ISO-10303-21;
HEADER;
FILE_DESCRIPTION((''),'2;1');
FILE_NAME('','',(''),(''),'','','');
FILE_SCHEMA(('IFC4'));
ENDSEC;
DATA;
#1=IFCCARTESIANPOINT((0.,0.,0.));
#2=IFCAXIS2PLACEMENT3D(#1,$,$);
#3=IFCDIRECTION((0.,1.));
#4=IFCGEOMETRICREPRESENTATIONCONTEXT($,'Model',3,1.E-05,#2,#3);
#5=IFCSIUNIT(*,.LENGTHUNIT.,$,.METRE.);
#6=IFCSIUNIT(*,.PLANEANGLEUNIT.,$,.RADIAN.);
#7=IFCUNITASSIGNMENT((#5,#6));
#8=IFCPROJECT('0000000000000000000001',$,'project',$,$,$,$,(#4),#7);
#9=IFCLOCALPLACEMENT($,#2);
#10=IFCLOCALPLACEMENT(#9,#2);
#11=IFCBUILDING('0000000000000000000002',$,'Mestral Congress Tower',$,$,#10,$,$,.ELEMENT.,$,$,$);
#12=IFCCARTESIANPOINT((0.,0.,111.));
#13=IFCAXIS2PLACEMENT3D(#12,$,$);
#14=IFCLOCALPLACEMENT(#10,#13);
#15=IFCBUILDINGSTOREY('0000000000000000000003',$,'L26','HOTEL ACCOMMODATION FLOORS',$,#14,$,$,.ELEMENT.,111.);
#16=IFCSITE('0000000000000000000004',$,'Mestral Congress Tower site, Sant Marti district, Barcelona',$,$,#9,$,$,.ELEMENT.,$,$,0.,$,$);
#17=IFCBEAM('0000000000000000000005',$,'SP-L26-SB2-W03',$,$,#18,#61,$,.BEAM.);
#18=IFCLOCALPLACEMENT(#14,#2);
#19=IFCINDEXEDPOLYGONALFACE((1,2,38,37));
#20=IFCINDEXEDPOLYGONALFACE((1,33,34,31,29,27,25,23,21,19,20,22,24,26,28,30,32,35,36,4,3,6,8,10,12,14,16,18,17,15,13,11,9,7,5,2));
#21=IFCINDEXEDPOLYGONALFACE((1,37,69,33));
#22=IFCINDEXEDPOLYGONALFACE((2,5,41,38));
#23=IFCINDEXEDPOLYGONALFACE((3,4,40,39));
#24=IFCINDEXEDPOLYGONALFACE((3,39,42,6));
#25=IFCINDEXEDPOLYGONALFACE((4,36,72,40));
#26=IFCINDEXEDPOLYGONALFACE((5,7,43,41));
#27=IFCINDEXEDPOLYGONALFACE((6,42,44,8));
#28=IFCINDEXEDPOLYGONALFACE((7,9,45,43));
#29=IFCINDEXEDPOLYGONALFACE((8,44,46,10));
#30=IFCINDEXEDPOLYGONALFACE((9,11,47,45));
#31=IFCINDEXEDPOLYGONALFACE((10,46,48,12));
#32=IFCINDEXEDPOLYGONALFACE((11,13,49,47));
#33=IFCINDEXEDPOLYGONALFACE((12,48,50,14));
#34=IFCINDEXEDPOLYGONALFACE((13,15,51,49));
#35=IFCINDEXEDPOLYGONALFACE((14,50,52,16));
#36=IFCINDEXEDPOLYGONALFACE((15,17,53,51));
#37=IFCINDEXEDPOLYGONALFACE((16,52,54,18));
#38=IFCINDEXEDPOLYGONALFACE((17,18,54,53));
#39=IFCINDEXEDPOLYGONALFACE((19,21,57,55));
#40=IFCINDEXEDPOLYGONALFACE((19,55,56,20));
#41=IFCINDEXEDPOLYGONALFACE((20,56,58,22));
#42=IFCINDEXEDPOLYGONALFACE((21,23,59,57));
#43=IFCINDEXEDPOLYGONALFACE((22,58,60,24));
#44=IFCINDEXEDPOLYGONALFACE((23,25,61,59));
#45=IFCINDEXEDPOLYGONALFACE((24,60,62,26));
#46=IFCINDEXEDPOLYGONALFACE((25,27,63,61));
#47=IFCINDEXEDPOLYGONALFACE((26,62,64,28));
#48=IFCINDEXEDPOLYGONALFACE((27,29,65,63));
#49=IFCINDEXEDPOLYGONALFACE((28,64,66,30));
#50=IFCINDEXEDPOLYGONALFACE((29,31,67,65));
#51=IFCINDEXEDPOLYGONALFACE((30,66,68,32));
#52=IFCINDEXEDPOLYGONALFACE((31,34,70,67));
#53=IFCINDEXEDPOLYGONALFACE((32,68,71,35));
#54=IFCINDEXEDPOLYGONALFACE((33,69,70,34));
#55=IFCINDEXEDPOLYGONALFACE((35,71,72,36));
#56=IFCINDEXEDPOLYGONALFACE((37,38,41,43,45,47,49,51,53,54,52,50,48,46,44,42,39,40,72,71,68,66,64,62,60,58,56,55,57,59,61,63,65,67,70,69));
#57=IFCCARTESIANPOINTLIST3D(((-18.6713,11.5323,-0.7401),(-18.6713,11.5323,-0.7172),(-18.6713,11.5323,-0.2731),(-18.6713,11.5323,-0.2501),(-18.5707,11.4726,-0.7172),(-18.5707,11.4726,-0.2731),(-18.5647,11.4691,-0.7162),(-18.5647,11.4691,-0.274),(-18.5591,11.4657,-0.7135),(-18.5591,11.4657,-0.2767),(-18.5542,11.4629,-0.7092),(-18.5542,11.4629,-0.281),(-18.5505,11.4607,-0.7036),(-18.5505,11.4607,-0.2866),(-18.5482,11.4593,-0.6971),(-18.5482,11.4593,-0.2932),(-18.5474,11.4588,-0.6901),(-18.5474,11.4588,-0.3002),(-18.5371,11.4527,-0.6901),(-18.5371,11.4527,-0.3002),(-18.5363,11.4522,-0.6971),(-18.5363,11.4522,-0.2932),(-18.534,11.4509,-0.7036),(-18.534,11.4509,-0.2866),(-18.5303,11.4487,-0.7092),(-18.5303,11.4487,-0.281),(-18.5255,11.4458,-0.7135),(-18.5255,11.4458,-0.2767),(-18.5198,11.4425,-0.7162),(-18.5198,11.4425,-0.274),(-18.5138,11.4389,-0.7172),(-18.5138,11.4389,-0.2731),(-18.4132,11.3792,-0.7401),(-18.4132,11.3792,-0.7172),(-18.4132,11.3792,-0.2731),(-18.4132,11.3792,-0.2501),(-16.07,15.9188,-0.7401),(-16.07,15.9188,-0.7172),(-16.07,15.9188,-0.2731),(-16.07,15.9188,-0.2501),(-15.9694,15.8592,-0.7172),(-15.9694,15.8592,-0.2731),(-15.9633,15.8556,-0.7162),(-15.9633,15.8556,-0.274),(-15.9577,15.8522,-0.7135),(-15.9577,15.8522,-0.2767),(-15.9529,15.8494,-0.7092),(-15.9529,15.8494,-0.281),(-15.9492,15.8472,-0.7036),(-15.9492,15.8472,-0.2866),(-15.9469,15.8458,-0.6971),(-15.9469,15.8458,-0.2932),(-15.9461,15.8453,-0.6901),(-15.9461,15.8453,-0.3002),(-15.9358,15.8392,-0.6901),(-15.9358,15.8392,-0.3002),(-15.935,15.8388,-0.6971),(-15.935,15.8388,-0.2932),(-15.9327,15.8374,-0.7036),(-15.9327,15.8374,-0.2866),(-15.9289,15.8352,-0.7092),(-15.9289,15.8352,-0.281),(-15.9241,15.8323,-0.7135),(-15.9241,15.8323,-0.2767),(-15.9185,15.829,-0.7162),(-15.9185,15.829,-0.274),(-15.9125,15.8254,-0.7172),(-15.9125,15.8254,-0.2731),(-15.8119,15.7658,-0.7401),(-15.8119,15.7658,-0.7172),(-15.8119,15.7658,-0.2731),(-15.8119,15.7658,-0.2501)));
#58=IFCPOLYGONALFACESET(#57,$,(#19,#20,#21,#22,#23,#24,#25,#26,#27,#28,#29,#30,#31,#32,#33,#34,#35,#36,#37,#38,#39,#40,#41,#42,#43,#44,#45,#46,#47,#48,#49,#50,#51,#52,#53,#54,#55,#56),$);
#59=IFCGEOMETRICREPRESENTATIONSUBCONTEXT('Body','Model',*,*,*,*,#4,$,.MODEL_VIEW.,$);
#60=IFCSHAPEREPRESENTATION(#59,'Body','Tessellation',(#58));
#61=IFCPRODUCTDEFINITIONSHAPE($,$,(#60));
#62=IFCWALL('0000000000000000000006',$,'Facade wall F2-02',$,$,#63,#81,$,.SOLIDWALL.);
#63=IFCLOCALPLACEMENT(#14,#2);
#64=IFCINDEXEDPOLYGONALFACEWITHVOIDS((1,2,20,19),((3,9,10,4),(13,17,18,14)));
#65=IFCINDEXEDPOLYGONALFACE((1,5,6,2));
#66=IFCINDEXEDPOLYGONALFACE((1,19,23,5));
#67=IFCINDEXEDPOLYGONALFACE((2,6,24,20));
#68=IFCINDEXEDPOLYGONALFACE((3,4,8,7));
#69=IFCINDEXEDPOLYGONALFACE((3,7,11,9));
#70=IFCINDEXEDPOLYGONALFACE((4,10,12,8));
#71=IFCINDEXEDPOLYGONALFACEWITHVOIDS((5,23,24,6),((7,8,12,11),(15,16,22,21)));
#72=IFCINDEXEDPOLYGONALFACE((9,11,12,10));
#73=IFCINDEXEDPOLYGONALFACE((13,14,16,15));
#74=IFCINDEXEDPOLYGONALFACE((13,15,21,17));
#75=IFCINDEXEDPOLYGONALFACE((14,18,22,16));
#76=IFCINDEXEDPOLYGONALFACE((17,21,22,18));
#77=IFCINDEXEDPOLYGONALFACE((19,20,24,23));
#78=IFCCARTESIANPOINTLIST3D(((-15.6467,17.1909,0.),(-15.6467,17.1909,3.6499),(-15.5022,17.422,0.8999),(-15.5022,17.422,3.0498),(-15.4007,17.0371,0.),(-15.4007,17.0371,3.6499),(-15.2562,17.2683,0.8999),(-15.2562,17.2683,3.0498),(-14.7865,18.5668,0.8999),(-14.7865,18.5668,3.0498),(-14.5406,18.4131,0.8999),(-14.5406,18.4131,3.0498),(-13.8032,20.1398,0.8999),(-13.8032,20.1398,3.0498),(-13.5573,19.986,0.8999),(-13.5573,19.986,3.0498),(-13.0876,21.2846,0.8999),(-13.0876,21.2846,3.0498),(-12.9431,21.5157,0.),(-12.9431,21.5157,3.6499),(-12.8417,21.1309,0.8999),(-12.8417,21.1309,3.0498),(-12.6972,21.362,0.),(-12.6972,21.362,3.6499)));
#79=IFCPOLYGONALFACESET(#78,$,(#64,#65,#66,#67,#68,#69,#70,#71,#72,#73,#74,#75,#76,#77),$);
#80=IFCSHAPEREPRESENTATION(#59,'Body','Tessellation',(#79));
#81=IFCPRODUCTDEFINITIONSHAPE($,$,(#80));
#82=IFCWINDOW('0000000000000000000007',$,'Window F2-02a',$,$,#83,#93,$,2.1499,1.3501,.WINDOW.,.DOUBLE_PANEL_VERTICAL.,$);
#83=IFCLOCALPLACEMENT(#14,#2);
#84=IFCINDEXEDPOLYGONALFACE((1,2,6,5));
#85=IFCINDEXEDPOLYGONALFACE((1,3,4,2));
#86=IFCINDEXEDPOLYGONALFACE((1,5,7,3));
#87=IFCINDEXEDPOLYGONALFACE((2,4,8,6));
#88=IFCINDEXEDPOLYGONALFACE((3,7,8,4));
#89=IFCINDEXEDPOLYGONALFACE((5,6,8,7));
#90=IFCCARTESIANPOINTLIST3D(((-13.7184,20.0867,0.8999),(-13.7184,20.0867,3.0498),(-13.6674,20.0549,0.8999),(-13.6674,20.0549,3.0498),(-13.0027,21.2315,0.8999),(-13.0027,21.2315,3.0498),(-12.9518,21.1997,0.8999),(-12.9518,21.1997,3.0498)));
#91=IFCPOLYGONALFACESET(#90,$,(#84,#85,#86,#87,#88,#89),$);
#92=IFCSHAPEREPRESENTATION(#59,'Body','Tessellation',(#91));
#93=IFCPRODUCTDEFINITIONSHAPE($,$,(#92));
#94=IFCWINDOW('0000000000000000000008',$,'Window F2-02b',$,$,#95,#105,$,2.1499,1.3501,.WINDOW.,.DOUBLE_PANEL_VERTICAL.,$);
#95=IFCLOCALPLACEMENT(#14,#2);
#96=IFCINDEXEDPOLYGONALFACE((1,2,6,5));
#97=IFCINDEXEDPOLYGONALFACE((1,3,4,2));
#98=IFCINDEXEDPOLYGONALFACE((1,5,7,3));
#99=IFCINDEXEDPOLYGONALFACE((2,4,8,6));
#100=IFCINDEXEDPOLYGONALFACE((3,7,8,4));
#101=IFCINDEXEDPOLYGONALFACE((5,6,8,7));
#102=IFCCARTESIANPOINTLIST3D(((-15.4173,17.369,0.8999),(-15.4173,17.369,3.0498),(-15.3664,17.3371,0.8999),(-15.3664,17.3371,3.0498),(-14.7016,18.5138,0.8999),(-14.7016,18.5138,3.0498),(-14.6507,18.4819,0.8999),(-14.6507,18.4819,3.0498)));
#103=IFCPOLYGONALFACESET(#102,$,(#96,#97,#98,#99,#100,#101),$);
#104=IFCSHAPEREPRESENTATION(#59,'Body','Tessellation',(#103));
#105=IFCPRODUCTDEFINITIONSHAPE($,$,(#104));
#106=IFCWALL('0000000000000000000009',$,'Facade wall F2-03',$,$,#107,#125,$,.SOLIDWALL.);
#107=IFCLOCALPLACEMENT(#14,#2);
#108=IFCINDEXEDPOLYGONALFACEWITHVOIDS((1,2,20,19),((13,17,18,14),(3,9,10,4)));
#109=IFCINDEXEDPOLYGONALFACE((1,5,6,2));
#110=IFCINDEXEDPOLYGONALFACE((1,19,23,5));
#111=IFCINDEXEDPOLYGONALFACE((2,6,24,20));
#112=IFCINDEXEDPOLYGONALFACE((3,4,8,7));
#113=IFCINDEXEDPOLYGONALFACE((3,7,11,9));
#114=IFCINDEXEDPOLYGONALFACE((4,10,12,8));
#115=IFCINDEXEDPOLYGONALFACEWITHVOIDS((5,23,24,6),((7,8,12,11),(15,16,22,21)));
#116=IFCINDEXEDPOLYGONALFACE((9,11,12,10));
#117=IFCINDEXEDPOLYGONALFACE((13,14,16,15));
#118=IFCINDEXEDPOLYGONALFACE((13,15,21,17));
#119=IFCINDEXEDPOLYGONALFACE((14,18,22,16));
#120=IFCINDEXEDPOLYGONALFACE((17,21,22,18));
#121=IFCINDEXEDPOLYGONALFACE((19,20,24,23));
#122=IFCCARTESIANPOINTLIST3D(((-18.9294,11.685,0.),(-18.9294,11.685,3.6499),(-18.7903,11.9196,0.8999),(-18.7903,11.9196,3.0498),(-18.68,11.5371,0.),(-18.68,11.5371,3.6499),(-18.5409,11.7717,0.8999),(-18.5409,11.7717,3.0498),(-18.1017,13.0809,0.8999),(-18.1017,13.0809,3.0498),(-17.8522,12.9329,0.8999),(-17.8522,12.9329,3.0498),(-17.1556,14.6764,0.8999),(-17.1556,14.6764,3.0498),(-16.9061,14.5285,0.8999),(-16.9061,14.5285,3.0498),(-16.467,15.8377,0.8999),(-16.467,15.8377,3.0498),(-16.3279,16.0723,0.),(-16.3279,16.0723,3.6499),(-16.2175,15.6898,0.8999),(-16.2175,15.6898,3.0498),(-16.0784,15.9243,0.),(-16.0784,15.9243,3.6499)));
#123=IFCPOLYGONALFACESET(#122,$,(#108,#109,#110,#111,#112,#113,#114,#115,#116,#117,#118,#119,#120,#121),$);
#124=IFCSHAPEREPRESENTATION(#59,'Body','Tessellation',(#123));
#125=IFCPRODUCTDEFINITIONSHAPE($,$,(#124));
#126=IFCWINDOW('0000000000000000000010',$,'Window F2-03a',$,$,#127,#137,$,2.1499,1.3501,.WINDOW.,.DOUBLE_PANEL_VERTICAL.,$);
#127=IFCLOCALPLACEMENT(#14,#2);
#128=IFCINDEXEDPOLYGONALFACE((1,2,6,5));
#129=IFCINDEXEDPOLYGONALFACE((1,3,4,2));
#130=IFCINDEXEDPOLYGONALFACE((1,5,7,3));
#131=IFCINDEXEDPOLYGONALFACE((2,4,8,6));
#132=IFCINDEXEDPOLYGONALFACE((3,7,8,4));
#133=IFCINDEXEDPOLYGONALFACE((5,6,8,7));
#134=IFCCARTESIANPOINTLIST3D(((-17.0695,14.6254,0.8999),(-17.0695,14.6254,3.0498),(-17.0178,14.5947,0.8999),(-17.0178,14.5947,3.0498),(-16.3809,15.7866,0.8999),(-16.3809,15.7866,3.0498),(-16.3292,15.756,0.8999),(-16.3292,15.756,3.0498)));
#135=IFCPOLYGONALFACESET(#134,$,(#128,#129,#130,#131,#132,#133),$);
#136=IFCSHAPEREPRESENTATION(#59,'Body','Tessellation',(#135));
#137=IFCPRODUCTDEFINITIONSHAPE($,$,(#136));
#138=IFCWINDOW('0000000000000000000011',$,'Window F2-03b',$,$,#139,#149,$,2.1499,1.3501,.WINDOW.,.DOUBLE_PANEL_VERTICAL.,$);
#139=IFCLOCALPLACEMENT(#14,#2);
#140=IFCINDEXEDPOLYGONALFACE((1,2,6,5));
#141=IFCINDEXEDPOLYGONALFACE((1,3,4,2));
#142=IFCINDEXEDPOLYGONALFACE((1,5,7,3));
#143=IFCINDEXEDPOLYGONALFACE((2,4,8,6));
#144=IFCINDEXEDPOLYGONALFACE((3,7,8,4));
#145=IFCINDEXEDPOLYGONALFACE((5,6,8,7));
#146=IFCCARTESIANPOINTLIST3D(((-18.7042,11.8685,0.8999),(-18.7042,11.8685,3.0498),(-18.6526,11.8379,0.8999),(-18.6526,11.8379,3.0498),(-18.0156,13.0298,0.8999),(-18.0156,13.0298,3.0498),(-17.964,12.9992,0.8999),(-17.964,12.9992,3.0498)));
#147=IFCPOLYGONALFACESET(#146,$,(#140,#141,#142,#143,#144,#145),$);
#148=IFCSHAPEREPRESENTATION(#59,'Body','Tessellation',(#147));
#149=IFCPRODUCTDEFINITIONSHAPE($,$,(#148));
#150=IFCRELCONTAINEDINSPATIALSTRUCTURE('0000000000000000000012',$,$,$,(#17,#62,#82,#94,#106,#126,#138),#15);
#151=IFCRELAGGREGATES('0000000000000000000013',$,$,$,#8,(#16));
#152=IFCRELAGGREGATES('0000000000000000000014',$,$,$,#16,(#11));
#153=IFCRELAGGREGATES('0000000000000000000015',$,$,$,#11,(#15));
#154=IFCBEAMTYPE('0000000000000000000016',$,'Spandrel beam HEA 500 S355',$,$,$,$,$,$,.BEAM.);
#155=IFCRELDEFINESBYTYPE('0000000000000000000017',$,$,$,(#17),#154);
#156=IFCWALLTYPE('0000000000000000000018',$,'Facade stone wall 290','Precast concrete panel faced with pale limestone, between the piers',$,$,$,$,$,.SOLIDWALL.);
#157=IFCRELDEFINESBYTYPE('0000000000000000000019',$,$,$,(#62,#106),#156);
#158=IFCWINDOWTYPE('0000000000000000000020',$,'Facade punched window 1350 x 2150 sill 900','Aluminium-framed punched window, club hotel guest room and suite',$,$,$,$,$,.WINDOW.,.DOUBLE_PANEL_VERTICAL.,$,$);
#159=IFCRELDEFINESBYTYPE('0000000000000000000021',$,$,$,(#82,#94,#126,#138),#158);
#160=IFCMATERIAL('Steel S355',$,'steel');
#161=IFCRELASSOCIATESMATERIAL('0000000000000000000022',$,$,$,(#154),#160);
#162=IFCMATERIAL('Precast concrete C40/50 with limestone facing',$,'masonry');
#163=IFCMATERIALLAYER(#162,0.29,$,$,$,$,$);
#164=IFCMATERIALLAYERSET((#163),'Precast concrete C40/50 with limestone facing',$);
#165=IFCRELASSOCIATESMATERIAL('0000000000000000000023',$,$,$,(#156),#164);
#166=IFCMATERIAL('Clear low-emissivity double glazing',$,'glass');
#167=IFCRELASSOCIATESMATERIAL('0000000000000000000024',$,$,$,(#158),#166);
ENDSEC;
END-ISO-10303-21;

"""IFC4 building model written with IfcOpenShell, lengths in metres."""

from ifc_helpers import new_model, si_unit, direction, frame, frame_2d, origin, origin_2d, place, context, subcontext, project, spatial, rectangle, i_section, extrude, material, layer, layer_set, material_profile, profile_set, type_object, element, fill, save


model = new_model("IFC4")

# Units and contexts
model_context = context("Model", 3, precision=1e-05, world=origin(), true_north=direction((0.0, 1.0)))
body_context = subcontext(model_context, "Body", "Model", "MODEL_VIEW")
ifc_project = project(units=[si_unit("LENGTHUNIT", "METRE"), si_unit("PLANEANGLEUNIT", "RADIAN")], contexts=[model_context])

# Site, building, storey
site_placement = place(None, origin())
site = spatial("IfcSite", under=ifc_project, at=site_placement, Name="Mestral Congress Tower site, Sant Marti district, Barcelona", CompositionType="ELEMENT", RefElevation=0.0)
building_placement = place(site_placement, origin())
building = spatial("IfcBuilding", under=site, at=building_placement, Name="Mestral Congress Tower", CompositionType="ELEMENT")
storey_placement = place(building_placement, frame((0.0, 0.0, 111.0)))
storey = spatial("IfcBuildingStorey", under=building, at=storey_placement, Name="L26", Description="HOTEL ACCOMMODATION FLOORS", CompositionType="ELEMENT", Elevation=111.0)

# Beam
ifc_material_1 = material(Name="Steel S355", Category="steel")
ifc_material_profile_1 = material_profile(ifc_material_1, i_section(OverallWidth=0.3, OverallDepth=0.49, WebThickness=0.012, FlangeThickness=0.0229, FilletRadius=0.0271, at=origin_2d()), Name="HEA 500")
ifc_profile_set_1 = profile_set([ifc_material_profile_1], Name="Steel S355")
beam_type_1 = type_object("IfcBeamType", Name="Spandrel beam HEA 500 S355", PredefinedType="BEAM", material=ifc_profile_set_1)
for number, where, z_axis, x_axis, name in (
    (1, (-15.9409, 15.8423, -0.4951), (-0.510082, -0.860126, 0.0), (0.860126, -0.510082, 0.0), "SP-L26-SB2-W03"),
):
    element("IfcBeam", number, at=place(storey_placement, frame(where, z_axis=z_axis, x_axis=x_axis)), inside=storey, type_object=beam_type_1, Name=name, PredefinedType="BEAM", context=body_context, shape_type="SweptSolid", body=[
        extrude(i_section(OverallWidth=0.3, OverallDepth=0.49, WebThickness=0.012, FlangeThickness=0.0229, FilletRadius=0.0271, at=origin_2d()), origin(), (0.0, 0.0, 1.0), 5.0999),
    ])

# Walls, openings, windows
ifc_material_2 = material(Name="Precast concrete C40/50 with limestone facing", Category="masonry")
ifc_layer_1 = layer(ifc_material_2, 0.29)
ifc_layer_set_1 = layer_set([ifc_layer_1], Name="Precast concrete C40/50 with limestone facing")
wall_type_1 = type_object("IfcWallType", Name="Facade stone wall 290", Description="Precast concrete panel faced with pale limestone, between the piers", PredefinedType="SOLIDWALL", material=ifc_layer_set_1)
wall_1_placement = place(storey_placement, frame((-12.8201, 21.439, 0.0), z_axis=(0.0, 0.0, 1.0), x_axis=(-0.530072, -0.847953, 0.0)))
wall_1 = element("IfcWall", 2, at=wall_1_placement, inside=storey, type_object=wall_type_1, Name="Facade wall F2-02", PredefinedType="SOLIDWALL", context=body_context, shape_type="SweptSolid", body=[
    extrude(rectangle(XDim=5.1003, YDim=0.29, at=frame_2d((2.5503, 0.0))), origin(), (0.0, 0.0, 1.0), 3.6499),
])
opening_1_placement = place(wall_1_placement, frame((0.2727, 0.0, 0.8999)))
opening_1 = element("IfcOpeningElement", 3, at=opening_1_placement, cuts=wall_1, PredefinedType="OPENING", context=body_context, shape_type="SweptSolid", body=[
    extrude(rectangle(XDim=1.3501, YDim=2.1499, at=frame_2d((0.675, 1.075))), frame((0.0, 0.155, 0.0), z_axis=(0.0, -1.0, 0.0), x_axis=(1.0, 0.0, 0.0)), (0.0, 0.0, 1.0), 0.3101),
])
opening_2_placement = place(wall_1_placement, frame((3.4778, 0.0, 0.8999)))
opening_2 = element("IfcOpeningElement", 4, at=opening_2_placement, cuts=wall_1, PredefinedType="OPENING", context=body_context, shape_type="SweptSolid", body=[
    extrude(rectangle(XDim=1.3501, YDim=2.1499, at=frame_2d((0.675, 1.075))), frame((0.0, 0.155, 0.0), z_axis=(0.0, -1.0, 0.0), x_axis=(1.0, 0.0, 0.0)), (0.0, 0.0, 1.0), 0.3101),
])
ifc_material_3 = material(Name="Clear low-emissivity double glazing", Category="glass")
window_type = type_object("IfcWindowType", Name="Facade punched window 1350 x 2150 sill 900", Description="Aluminium-framed punched window, club hotel guest room and suite", PartitioningType="DOUBLE_PANEL_VERTICAL", PredefinedType="WINDOW", material=ifc_material_3)
window_1_placement = place(opening_1_placement, origin())
window_1 = element("IfcWindow", 5, at=window_1_placement, inside=storey, type_object=window_type, Name="Window F2-02a", OverallHeight=2.1499, OverallWidth=1.3501, PartitioningType="DOUBLE_PANEL_VERTICAL", PredefinedType="WINDOW", context=body_context, shape_type="SweptSolid", body=[
    extrude(rectangle(XDim=1.3501, YDim=2.1499, at=frame_2d((0.675, 1.075))), frame((0.0, 0.0151, 0.0), z_axis=(0.0, -1.0, 0.0), x_axis=(1.0, 0.0, 0.0)), (0.0, 0.0, 1.0), 0.0601),
])
fill(opening_1, window_1)
window_2_placement = place(opening_2_placement, origin())
window_2 = element("IfcWindow", 6, at=window_2_placement, inside=storey, type_object=window_type, Name="Window F2-02b", OverallHeight=2.1499, OverallWidth=1.3501, PartitioningType="DOUBLE_PANEL_VERTICAL", PredefinedType="WINDOW", context=body_context, shape_type="SweptSolid", body=[
    extrude(rectangle(XDim=1.3501, YDim=2.1499, at=frame_2d((0.675, 1.075))), frame((0.0, 0.0151, 0.0), z_axis=(0.0, -1.0, 0.0), x_axis=(1.0, 0.0, 0.0)), (0.0, 0.0, 1.0), 0.0601),
])
fill(opening_2, window_2)
wall_2_placement = place(storey_placement, frame((-16.2031, 15.9983, 0.0), z_axis=(0.0, 0.0, 1.0), x_axis=(-0.510054, -0.860142, 0.0)))
wall_2 = element("IfcWall", 7, at=wall_2_placement, inside=storey, type_object=wall_type_1, Name="Facade wall F2-03", PredefinedType="SOLIDWALL", context=body_context, shape_type="SweptSolid", body=[
    extrude(rectangle(XDim=5.1006, YDim=0.29, at=frame_2d((2.5503, 0.0))), origin(), (0.0, 0.0, 1.0), 3.6499),
])
opening_3_placement = place(wall_2_placement, frame((0.2727, 0.0, 0.8999)))
opening_3 = element("IfcOpeningElement", 8, at=opening_3_placement, cuts=wall_2, PredefinedType="OPENING", context=body_context, shape_type="SweptSolid", body=[
    extrude(rectangle(XDim=1.3501, YDim=2.1499, at=frame_2d((0.675, 1.075))), frame((0.0, 0.155, 0.0), z_axis=(0.0, -1.0, 0.0), x_axis=(1.0, 0.0, 0.0)), (0.0, 0.0, 1.0), 0.3101),
])
opening_4_placement = place(wall_2_placement, frame((3.4778, 0.0, 0.8999)))
opening_4 = element("IfcOpeningElement", 9, at=opening_4_placement, cuts=wall_2, PredefinedType="OPENING", context=body_context, shape_type="SweptSolid", body=[
    extrude(rectangle(XDim=1.3501, YDim=2.1499, at=frame_2d((0.675, 1.075))), frame((0.0, 0.155, 0.0), z_axis=(0.0, -1.0, 0.0), x_axis=(1.0, 0.0, 0.0)), (0.0, 0.0, 1.0), 0.3101),
])
window_3_placement = place(opening_3_placement, origin())
window_3 = element("IfcWindow", 10, at=window_3_placement, inside=storey, type_object=window_type, Name="Window F2-03a", OverallHeight=2.1499, OverallWidth=1.3501, PartitioningType="DOUBLE_PANEL_VERTICAL", PredefinedType="WINDOW", context=body_context, shape_type="SweptSolid", body=[
    extrude(rectangle(XDim=1.3501, YDim=2.1499, at=frame_2d((0.675, 1.075))), frame((0.0, 0.0151, 0.0), z_axis=(0.0, -1.0, 0.0), x_axis=(1.0, 0.0, 0.0)), (0.0, 0.0, 1.0), 0.0601),
])
fill(opening_3, window_3)
window_4_placement = place(opening_4_placement, origin())
window_4 = element("IfcWindow", 11, at=window_4_placement, inside=storey, type_object=window_type, Name="Window F2-03b", OverallHeight=2.1499, OverallWidth=1.3501, PartitioningType="DOUBLE_PANEL_VERTICAL", PredefinedType="WINDOW", context=body_context, shape_type="SweptSolid", body=[
    extrude(rectangle(XDim=1.3501, YDim=2.1499, at=frame_2d((0.675, 1.075))), frame((0.0, 0.0151, 0.0), z_axis=(0.0, -1.0, 0.0), x_axis=(1.0, 0.0, 0.0)), (0.0, 0.0, 1.0), 0.0601),
])
fill(opening_4, window_4)

save(model, "model.ifc")
